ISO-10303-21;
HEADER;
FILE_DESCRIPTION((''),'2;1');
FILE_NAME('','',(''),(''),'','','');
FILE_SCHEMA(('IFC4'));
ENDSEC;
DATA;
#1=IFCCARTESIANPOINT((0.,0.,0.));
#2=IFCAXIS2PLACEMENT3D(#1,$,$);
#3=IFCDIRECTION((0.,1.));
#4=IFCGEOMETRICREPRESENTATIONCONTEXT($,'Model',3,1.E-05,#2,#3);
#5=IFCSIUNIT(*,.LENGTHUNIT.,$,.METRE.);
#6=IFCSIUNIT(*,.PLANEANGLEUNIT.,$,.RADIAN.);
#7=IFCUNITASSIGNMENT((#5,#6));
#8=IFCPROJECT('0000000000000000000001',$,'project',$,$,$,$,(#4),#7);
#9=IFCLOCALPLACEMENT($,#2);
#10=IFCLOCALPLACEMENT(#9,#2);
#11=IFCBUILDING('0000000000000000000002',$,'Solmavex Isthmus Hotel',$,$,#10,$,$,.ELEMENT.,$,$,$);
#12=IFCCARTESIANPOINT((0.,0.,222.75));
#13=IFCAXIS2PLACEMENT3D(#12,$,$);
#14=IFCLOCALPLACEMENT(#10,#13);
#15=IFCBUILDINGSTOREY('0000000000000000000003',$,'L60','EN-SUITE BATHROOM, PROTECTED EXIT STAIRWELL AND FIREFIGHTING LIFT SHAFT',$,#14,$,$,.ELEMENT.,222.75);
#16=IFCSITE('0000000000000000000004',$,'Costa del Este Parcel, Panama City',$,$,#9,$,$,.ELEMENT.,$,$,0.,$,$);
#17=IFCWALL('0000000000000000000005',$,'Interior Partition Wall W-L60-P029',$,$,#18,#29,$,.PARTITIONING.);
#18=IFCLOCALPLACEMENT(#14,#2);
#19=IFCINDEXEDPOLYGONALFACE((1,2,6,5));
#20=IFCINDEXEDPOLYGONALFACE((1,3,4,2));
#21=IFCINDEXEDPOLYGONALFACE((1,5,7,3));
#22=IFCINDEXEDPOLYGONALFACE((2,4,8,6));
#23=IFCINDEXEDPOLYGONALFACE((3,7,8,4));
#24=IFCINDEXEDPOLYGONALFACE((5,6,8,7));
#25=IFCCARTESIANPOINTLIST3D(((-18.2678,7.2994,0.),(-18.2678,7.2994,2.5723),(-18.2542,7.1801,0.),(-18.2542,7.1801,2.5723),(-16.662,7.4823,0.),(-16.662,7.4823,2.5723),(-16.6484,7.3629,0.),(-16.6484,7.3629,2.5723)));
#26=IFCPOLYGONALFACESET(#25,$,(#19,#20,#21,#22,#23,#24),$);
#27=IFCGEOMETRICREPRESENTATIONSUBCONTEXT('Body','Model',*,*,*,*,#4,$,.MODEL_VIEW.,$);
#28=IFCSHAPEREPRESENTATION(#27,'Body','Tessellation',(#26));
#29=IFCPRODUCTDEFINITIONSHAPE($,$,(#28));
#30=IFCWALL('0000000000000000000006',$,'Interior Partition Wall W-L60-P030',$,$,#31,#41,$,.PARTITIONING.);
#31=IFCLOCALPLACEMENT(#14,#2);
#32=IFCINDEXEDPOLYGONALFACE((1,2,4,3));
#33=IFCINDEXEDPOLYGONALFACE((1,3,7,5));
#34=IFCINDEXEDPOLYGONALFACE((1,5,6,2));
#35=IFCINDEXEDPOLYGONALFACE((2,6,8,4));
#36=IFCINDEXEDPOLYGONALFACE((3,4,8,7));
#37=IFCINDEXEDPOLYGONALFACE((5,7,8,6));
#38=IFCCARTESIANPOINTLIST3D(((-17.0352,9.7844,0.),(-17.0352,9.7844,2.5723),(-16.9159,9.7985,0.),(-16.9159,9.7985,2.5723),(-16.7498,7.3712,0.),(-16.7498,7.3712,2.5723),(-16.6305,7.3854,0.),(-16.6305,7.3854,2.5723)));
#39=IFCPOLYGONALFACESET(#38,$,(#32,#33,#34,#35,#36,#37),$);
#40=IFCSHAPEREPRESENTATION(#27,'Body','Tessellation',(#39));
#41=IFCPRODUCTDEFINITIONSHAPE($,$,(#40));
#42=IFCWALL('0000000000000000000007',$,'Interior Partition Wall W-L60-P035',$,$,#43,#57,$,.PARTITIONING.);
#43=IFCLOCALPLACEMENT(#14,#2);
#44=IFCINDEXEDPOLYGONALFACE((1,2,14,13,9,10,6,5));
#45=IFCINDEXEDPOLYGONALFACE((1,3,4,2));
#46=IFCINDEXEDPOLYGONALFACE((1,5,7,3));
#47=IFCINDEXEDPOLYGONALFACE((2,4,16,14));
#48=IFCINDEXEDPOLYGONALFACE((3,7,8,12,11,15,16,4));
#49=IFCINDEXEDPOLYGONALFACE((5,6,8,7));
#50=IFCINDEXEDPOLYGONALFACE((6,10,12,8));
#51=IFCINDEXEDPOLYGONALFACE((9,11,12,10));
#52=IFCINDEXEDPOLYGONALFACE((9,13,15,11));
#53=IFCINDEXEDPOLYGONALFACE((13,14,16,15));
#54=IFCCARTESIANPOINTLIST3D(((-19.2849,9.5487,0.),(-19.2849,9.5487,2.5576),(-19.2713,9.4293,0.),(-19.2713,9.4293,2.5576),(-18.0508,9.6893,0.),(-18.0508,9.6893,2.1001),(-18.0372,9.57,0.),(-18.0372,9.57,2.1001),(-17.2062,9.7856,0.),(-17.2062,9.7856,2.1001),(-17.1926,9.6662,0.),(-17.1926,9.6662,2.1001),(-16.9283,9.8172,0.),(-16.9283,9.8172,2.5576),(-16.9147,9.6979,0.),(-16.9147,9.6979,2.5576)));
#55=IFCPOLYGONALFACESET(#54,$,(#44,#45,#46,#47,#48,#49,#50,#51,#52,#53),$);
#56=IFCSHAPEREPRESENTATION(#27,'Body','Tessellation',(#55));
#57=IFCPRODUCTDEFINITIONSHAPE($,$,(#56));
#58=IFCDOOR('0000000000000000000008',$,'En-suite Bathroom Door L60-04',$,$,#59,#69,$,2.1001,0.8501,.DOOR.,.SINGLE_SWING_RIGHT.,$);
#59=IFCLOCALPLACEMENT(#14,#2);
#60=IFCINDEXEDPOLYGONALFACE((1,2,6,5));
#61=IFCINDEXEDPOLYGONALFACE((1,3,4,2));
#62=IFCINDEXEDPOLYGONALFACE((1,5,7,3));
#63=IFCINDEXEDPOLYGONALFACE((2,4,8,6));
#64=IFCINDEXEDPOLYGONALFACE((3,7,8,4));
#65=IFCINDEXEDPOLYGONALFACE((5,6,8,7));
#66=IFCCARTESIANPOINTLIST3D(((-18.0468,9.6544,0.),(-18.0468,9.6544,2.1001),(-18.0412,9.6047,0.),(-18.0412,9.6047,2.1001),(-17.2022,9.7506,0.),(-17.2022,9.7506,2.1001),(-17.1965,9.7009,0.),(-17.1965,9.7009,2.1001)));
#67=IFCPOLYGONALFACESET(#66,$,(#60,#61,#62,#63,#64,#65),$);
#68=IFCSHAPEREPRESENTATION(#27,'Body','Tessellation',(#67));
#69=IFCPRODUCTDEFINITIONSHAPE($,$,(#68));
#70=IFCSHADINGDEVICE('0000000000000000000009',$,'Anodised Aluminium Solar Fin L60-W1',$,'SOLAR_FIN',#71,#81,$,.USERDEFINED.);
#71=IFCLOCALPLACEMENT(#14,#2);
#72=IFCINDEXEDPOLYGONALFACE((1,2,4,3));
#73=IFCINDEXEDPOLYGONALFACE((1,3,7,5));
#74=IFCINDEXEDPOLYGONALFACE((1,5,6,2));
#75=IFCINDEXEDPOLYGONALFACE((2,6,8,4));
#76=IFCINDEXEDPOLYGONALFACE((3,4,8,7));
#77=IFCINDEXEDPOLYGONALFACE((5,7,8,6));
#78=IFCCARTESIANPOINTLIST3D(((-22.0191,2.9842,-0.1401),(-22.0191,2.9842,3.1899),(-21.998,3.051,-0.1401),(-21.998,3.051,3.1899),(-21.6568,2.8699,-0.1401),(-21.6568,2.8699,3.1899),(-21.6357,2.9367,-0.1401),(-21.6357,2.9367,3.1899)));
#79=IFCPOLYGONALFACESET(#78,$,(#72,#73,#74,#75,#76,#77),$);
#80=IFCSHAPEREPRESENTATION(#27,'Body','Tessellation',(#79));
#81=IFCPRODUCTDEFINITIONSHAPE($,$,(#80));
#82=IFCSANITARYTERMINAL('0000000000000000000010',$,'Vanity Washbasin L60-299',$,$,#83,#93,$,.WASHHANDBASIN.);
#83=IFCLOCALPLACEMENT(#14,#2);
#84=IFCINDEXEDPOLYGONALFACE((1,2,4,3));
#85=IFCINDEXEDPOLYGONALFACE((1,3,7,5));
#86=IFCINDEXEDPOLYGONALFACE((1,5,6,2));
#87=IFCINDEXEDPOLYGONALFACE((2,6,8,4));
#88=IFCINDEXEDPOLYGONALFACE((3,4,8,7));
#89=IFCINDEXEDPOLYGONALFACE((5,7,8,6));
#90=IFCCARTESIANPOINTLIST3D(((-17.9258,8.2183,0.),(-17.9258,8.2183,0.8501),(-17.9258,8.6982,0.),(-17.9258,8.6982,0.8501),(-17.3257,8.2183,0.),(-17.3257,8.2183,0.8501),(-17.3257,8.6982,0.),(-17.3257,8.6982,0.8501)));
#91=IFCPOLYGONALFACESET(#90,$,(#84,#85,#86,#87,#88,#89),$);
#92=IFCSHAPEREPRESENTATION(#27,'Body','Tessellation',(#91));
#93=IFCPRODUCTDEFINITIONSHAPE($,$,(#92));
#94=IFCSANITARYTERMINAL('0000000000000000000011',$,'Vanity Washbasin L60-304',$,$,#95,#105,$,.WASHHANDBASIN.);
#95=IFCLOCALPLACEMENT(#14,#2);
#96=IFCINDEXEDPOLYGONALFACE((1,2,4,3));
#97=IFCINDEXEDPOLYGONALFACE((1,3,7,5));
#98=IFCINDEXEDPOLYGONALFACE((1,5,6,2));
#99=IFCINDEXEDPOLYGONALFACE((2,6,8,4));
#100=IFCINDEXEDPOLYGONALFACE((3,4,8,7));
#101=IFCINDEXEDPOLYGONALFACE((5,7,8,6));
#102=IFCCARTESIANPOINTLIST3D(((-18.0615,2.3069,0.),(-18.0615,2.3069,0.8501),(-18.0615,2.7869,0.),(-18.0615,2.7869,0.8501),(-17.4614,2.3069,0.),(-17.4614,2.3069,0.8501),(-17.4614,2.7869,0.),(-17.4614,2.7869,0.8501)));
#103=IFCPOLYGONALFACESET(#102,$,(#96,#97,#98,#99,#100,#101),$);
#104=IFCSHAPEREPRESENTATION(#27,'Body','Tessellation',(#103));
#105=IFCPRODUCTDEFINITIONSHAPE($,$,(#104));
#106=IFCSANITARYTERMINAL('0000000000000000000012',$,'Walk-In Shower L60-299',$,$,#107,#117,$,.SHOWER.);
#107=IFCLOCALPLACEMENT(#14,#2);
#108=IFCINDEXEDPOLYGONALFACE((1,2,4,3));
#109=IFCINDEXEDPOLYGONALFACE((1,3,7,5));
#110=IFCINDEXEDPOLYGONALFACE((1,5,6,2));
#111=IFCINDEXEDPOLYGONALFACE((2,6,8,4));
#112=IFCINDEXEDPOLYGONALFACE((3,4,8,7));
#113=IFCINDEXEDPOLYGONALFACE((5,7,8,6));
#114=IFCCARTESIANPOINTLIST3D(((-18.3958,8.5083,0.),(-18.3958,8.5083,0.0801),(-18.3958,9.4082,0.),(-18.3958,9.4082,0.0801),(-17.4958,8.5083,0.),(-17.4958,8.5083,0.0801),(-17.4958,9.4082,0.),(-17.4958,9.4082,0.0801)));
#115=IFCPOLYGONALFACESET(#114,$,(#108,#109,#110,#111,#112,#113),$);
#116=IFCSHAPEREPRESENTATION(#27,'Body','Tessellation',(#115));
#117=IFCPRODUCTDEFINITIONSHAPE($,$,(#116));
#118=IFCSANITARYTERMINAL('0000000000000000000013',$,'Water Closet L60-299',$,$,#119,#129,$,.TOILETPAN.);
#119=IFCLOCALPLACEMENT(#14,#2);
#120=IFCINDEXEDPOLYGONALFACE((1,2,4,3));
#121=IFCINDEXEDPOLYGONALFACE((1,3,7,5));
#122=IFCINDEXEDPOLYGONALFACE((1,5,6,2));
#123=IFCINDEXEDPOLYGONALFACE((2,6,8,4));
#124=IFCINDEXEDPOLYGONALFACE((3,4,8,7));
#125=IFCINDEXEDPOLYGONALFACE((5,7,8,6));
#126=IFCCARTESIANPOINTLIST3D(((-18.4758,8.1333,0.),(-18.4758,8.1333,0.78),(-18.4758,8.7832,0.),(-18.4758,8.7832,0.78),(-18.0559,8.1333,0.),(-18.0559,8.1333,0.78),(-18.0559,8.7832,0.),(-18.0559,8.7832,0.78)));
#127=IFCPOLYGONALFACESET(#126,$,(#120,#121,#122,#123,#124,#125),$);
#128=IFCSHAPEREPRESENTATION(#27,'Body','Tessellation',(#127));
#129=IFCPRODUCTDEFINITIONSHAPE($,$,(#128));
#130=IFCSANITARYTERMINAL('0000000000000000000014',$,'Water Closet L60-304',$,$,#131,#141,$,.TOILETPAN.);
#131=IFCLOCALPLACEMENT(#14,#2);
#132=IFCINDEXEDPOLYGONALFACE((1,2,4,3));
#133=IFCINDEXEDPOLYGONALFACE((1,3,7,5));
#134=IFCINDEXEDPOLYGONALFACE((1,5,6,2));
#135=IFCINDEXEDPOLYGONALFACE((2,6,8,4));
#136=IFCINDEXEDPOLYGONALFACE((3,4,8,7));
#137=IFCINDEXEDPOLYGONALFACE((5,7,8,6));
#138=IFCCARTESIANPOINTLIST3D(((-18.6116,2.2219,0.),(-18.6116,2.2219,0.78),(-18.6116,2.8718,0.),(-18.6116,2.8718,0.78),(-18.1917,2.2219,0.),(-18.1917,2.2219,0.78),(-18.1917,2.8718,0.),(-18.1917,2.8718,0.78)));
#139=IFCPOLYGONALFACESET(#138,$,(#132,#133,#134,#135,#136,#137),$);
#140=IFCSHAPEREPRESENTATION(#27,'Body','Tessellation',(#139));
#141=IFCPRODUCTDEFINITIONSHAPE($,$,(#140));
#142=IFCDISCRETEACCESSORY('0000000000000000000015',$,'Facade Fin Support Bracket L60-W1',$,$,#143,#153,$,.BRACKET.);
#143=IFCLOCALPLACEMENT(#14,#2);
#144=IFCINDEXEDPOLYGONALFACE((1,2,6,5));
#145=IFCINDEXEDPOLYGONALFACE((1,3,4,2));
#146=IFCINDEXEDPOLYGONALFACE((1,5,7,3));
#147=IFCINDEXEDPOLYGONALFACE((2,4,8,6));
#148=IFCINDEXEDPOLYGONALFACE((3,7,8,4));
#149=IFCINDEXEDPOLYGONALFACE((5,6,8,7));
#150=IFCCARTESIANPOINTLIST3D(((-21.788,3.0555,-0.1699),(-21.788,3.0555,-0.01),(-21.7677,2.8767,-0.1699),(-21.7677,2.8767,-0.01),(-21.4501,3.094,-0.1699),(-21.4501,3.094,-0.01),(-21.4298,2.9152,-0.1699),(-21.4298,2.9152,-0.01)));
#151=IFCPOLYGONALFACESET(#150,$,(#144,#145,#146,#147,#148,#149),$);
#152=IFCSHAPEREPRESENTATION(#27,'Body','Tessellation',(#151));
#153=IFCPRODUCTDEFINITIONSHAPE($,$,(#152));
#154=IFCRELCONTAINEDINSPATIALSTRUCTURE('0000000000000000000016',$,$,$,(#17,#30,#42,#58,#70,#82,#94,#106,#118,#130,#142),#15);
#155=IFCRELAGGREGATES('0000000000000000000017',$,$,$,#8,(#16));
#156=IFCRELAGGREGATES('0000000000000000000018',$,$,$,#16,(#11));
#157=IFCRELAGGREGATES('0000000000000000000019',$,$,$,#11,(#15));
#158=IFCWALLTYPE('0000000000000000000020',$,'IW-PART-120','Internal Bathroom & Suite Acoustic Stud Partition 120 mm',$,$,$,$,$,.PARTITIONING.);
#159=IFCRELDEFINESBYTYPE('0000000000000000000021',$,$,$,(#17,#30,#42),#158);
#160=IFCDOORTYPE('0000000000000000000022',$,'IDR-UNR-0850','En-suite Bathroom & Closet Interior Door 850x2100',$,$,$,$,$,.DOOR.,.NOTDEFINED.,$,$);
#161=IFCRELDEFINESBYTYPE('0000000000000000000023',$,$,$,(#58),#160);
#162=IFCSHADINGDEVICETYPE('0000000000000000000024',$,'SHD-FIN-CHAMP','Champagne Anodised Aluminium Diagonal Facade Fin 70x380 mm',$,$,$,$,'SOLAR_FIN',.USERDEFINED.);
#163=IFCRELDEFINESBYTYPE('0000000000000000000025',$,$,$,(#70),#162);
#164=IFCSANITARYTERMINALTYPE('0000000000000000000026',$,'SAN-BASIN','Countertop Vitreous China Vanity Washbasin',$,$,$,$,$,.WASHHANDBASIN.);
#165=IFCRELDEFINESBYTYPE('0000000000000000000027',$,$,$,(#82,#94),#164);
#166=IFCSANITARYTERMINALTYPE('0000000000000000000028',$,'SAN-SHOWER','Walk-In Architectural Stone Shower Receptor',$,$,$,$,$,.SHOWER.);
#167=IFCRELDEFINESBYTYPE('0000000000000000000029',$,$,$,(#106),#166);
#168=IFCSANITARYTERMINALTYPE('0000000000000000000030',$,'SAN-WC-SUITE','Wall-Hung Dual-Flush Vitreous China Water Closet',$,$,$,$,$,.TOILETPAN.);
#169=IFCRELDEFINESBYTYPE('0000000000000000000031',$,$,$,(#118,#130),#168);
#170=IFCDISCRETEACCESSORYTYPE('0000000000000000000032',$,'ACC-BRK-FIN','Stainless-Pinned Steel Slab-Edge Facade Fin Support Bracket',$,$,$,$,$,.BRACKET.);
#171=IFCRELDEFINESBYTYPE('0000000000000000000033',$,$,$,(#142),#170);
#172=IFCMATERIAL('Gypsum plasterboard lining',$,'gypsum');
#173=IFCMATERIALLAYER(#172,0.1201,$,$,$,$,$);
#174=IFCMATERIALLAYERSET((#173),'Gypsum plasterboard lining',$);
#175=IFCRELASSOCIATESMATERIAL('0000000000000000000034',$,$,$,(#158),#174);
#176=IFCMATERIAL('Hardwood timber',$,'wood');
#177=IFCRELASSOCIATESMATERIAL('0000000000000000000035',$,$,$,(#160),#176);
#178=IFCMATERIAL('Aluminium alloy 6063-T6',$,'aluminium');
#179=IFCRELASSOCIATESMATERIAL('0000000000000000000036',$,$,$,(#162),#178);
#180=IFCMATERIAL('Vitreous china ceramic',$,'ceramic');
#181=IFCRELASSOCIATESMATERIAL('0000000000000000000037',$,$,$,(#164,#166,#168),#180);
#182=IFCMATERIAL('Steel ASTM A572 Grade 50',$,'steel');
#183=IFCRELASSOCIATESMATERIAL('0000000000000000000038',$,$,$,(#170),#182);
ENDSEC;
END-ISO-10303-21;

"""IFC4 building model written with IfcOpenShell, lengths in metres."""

from ifc_helpers import new_model, si_unit, direction, frame, frame_2d, origin, origin_2d, place, context, subcontext, project, spatial, rectangle, extrude, material, layer, layer_set, type_object, element, fill, save


model = new_model("IFC4")

# Units and contexts
model_context = context("Model", 3, precision=1e-05, world=origin(), true_north=direction((0.0, 1.0)))
body_context = subcontext(model_context, "Body", "Model", "MODEL_VIEW")
ifc_project = project(units=[si_unit("LENGTHUNIT", "METRE"), si_unit("PLANEANGLEUNIT", "RADIAN")], contexts=[model_context])

# Site, building, storey
site_placement = place(None, origin())
site = spatial("IfcSite", under=ifc_project, at=site_placement, Name="Costa del Este Parcel, Panama City", CompositionType="ELEMENT", RefElevation=0.0)
building_placement = place(site_placement, origin())
building = spatial("IfcBuilding", under=site, at=building_placement, Name="Solmavex Isthmus Hotel", CompositionType="ELEMENT")
storey_placement = place(building_placement, frame((0.0, 0.0, 222.75)))
storey = spatial("IfcBuildingStorey", under=building, at=storey_placement, Name="L60", Description="EN-SUITE BATHROOM, PROTECTED EXIT STAIRWELL AND FIREFIGHTING LIFT SHAFT", CompositionType="ELEMENT", Elevation=222.75)

# Shared definitions
ifc_material_1 = material(Name="Aluminium alloy 6063-T6", Category="aluminium")

# Shared definitions
ifc_material_2 = material(Name="Gypsum plasterboard lining", Category="gypsum")
ifc_material_3 = material(Name="Hardwood timber", Category="wood")

# Walls
ifc_layer_1 = layer(ifc_material_2, 0.1201)
ifc_layer_set_1 = layer_set([ifc_layer_1], Name="Gypsum plasterboard lining")
wall_type_1 = type_object("IfcWallType", Name="IW-PART-120", Description="Internal Bathroom & Suite Acoustic Stud Partition 120 mm", PredefinedType="PARTITIONING", material=ifc_layer_set_1)
wall_1_placement = place(storey_placement, frame((-18.261, 7.2397, 0.0), z_axis=(0.0, 0.0, 1.0), x_axis=(0.993578, 0.11315, 0.0)))
element("IfcWall", 1, at=wall_1_placement, inside=storey, type_object=wall_type_1, Name="Interior Partition Wall W-L60-P029", PredefinedType="PARTITIONING", context=body_context, shape_type="SweptSolid", body=[
    extrude(rectangle(XDim=1.6162, YDim=0.1201, at=frame_2d((0.8081, 0.0))), origin(), (0.0, 0.0, 1.0), 2.5723),
])
wall_2_placement = place(storey_placement, frame((-16.6902, 7.3784, 0.0), z_axis=(0.0, 0.0, 1.0), x_axis=(-0.117453, 0.993078, 0.0)))
element("IfcWall", 2, at=wall_2_placement, inside=storey, type_object=wall_type_1, Name="Interior Partition Wall W-L60-P030", PredefinedType="PARTITIONING", context=body_context, shape_type="SweptSolid", body=[
    extrude(rectangle(XDim=2.4299, YDim=0.1201, at=frame_2d((1.2148, 0.0))), origin(), (0.0, 0.0, 1.0), 2.5723),
])

# Wall, opening, door
wall_3_placement = place(storey_placement, frame((-16.9214, 9.7576, 0.0), z_axis=(0.0, 0.0, 1.0), x_axis=(-0.99357, -0.113221, 0.0)))
wall_3 = element("IfcWall", 3, at=wall_3_placement, inside=storey, type_object=wall_type_1, Name="Interior Partition Wall W-L60-P035", PredefinedType="PARTITIONING", context=body_context, shape_type="SweptSolid", body=[
    extrude(rectangle(XDim=2.3718, YDim=0.1201, at=frame_2d((1.186, 0.0))), origin(), (0.0, 0.0, 1.0), 2.5576),
])
opening_1_placement = place(wall_3_placement, frame((0.2798, 0.0, 0.0)))
opening_1 = element("IfcOpeningElement", 4, at=opening_1_placement, cuts=wall_3, PredefinedType="OPENING", context=body_context, shape_type="SweptSolid", body=[
    extrude(rectangle(XDim=0.8501, YDim=2.1001, at=frame_2d((0.425, 1.05))), frame((0.0, 0.0701, 0.0), z_axis=(0.0, -1.0, 0.0), x_axis=(1.0, 0.0, 0.0)), (0.0, 0.0, 1.0), 0.1401),
])
door_type_1 = type_object("IfcDoorType", Name="IDR-UNR-0850", Description="En-suite Bathroom & Closet Interior Door 850x2100", OperationType="NOTDEFINED", PredefinedType="DOOR", material=ifc_material_3)
door_1_placement = place(opening_1_placement, frame((0.8501, 0.0, 0.0), z_axis=(0.0, 0.0, 1.0), x_axis=(-1.0, 0.0, 0.0)))
door_1 = element("IfcDoor", 5, at=door_1_placement, inside=storey, type_object=door_type_1, Name="En-suite Bathroom Door L60-04", OperationType="SINGLE_SWING_RIGHT", OverallHeight=2.1001, OverallWidth=0.8501, PredefinedType="DOOR", context=body_context, shape_type="SweptSolid", body=[
    extrude(rectangle(XDim=0.8501, YDim=2.1001, at=frame_2d((0.425, 1.05))), frame((0.0, 0.0249, 0.0), z_axis=(0.0, -1.0, 0.0), x_axis=(1.0, 0.0, 0.0)), (0.0, 0.0, 1.0), 0.05),
])
fill(opening_1, door_1)

# Shading device
shading_device_type = type_object("IfcShadingDeviceType", Name="SHD-FIN-CHAMP", Description="Champagne Anodised Aluminium Diagonal Facade Fin 70x380 mm", ElementType="SOLAR_FIN", PredefinedType="USERDEFINED", material=ifc_material_1)
shading_device_placement = place(storey_placement, frame((-21.8274, 2.9604, -0.1401), z_axis=(0.0, 0.0, 1.0), x_axis=(-0.953717, 0.300706, 0.0)))
element("IfcShadingDevice", 6, at=shading_device_placement, inside=storey, type_object=shading_device_type, Name="Anodised Aluminium Solar Fin L60-W1", ObjectType="SOLAR_FIN", PredefinedType="USERDEFINED", context=body_context, shape_type="SweptSolid", body=[
    extrude(rectangle(XDim=0.3799, YDim=0.0701, at=origin_2d()), origin(), (0.0, 0.0, 1.0), 3.3301),
])

# Sanitary terminals
ifc_material_4 = material(Name="Vitreous china ceramic", Category="ceramic")
sanitary_terminal_type_1 = type_object("IfcSanitaryTerminalType", Name="SAN-BASIN", Description="Countertop Vitreous China Vanity Washbasin", PredefinedType="WASHHANDBASIN", material=ifc_material_4)
for number, where, z_axis, x_axis, name in (
    (7, (-17.6257, 8.4583, 0.0), (0.0, 0.0, 1.0), (1.0, 0.0, 0.0), "Vanity Washbasin L60-299"),
    (8, (-17.7615, 2.5469, 0.0), (0.0, 0.0, 1.0), (1.0, 0.0, 0.0), "Vanity Washbasin L60-304"),
):
    element("IfcSanitaryTerminal", number, at=place(storey_placement, frame(where, z_axis=z_axis, x_axis=x_axis)), inside=storey, type_object=sanitary_terminal_type_1, Name=name, PredefinedType="WASHHANDBASIN", context=body_context, shape_type="SweptSolid", body=[
        extrude(rectangle(XDim=0.6001, YDim=0.48, at=origin_2d()), origin(), (0.0, 0.0, 1.0), 0.8501),
    ])
sanitary_terminal_type_2 = type_object("IfcSanitaryTerminalType", Name="SAN-SHOWER", Description="Walk-In Architectural Stone Shower Receptor", PredefinedType="SHOWER", material=ifc_material_4)
sanitary_terminal_placement = place(storey_placement, frame((-17.9458, 8.9583, 0.0), z_axis=(0.0, 0.0, 1.0), x_axis=(1.0, 0.0, 0.0)))
element("IfcSanitaryTerminal", 9, at=sanitary_terminal_placement, inside=storey, type_object=sanitary_terminal_type_2, Name="Walk-In Shower L60-299", PredefinedType="SHOWER", context=body_context, shape_type="SweptSolid", body=[
    extrude(rectangle(XDim=0.8999, YDim=0.8999, at=origin_2d()), origin(), (0.0, 0.0, 1.0), 0.0801),
])
sanitary_terminal_type_3 = type_object("IfcSanitaryTerminalType", Name="SAN-WC-SUITE", Description="Wall-Hung Dual-Flush Vitreous China Water Closet", PredefinedType="TOILETPAN", material=ifc_material_4)
for number, where, z_axis, x_axis, name in (
    (10, (-18.2659, 8.4583, 0.0), (0.0, 0.0, 1.0), (1.0, 0.0, 0.0), "Water Closet L60-299"),
    (11, (-18.4016, 2.5469, 0.0), (0.0, 0.0, 1.0), (1.0, 0.0, 0.0), "Water Closet L60-304"),
):
    element("IfcSanitaryTerminal", number, at=place(storey_placement, frame(where, z_axis=z_axis, x_axis=x_axis)), inside=storey, type_object=sanitary_terminal_type_3, Name=name, PredefinedType="TOILETPAN", context=body_context, shape_type="SweptSolid", body=[
        extrude(rectangle(XDim=0.4199, YDim=0.6499, at=origin_2d()), origin(), (0.0, 0.0, 1.0), 0.78),
    ])

# Discrete accessory
ifc_material_5 = material(Name="Steel ASTM A572 Grade 50", Category="steel")
discrete_accessory_type = type_object("IfcDiscreteAccessoryType", Name="ACC-BRK-FIN", Description="Stainless-Pinned Steel Slab-Edge Facade Fin Support Bracket", PredefinedType="BRACKET", material=ifc_material_5)
discrete_accessory_placement = place(storey_placement, frame((-21.6089, 2.9854, -0.1699), z_axis=(0.0, 0.0, 1.0), x_axis=(-0.993572, -0.113203, 0.0)))
element("IfcDiscreteAccessory", 12, at=discrete_accessory_placement, inside=storey, type_object=discrete_accessory_type, Name="Facade Fin Support Bracket L60-W1", PredefinedType="BRACKET", context=body_context, shape_type="SweptSolid", body=[
    extrude(rectangle(XDim=0.3401, YDim=0.1799, at=origin_2d()), origin(), (0.0, 0.0, 1.0), 0.1599),
])

save(model, "model.ifc")
